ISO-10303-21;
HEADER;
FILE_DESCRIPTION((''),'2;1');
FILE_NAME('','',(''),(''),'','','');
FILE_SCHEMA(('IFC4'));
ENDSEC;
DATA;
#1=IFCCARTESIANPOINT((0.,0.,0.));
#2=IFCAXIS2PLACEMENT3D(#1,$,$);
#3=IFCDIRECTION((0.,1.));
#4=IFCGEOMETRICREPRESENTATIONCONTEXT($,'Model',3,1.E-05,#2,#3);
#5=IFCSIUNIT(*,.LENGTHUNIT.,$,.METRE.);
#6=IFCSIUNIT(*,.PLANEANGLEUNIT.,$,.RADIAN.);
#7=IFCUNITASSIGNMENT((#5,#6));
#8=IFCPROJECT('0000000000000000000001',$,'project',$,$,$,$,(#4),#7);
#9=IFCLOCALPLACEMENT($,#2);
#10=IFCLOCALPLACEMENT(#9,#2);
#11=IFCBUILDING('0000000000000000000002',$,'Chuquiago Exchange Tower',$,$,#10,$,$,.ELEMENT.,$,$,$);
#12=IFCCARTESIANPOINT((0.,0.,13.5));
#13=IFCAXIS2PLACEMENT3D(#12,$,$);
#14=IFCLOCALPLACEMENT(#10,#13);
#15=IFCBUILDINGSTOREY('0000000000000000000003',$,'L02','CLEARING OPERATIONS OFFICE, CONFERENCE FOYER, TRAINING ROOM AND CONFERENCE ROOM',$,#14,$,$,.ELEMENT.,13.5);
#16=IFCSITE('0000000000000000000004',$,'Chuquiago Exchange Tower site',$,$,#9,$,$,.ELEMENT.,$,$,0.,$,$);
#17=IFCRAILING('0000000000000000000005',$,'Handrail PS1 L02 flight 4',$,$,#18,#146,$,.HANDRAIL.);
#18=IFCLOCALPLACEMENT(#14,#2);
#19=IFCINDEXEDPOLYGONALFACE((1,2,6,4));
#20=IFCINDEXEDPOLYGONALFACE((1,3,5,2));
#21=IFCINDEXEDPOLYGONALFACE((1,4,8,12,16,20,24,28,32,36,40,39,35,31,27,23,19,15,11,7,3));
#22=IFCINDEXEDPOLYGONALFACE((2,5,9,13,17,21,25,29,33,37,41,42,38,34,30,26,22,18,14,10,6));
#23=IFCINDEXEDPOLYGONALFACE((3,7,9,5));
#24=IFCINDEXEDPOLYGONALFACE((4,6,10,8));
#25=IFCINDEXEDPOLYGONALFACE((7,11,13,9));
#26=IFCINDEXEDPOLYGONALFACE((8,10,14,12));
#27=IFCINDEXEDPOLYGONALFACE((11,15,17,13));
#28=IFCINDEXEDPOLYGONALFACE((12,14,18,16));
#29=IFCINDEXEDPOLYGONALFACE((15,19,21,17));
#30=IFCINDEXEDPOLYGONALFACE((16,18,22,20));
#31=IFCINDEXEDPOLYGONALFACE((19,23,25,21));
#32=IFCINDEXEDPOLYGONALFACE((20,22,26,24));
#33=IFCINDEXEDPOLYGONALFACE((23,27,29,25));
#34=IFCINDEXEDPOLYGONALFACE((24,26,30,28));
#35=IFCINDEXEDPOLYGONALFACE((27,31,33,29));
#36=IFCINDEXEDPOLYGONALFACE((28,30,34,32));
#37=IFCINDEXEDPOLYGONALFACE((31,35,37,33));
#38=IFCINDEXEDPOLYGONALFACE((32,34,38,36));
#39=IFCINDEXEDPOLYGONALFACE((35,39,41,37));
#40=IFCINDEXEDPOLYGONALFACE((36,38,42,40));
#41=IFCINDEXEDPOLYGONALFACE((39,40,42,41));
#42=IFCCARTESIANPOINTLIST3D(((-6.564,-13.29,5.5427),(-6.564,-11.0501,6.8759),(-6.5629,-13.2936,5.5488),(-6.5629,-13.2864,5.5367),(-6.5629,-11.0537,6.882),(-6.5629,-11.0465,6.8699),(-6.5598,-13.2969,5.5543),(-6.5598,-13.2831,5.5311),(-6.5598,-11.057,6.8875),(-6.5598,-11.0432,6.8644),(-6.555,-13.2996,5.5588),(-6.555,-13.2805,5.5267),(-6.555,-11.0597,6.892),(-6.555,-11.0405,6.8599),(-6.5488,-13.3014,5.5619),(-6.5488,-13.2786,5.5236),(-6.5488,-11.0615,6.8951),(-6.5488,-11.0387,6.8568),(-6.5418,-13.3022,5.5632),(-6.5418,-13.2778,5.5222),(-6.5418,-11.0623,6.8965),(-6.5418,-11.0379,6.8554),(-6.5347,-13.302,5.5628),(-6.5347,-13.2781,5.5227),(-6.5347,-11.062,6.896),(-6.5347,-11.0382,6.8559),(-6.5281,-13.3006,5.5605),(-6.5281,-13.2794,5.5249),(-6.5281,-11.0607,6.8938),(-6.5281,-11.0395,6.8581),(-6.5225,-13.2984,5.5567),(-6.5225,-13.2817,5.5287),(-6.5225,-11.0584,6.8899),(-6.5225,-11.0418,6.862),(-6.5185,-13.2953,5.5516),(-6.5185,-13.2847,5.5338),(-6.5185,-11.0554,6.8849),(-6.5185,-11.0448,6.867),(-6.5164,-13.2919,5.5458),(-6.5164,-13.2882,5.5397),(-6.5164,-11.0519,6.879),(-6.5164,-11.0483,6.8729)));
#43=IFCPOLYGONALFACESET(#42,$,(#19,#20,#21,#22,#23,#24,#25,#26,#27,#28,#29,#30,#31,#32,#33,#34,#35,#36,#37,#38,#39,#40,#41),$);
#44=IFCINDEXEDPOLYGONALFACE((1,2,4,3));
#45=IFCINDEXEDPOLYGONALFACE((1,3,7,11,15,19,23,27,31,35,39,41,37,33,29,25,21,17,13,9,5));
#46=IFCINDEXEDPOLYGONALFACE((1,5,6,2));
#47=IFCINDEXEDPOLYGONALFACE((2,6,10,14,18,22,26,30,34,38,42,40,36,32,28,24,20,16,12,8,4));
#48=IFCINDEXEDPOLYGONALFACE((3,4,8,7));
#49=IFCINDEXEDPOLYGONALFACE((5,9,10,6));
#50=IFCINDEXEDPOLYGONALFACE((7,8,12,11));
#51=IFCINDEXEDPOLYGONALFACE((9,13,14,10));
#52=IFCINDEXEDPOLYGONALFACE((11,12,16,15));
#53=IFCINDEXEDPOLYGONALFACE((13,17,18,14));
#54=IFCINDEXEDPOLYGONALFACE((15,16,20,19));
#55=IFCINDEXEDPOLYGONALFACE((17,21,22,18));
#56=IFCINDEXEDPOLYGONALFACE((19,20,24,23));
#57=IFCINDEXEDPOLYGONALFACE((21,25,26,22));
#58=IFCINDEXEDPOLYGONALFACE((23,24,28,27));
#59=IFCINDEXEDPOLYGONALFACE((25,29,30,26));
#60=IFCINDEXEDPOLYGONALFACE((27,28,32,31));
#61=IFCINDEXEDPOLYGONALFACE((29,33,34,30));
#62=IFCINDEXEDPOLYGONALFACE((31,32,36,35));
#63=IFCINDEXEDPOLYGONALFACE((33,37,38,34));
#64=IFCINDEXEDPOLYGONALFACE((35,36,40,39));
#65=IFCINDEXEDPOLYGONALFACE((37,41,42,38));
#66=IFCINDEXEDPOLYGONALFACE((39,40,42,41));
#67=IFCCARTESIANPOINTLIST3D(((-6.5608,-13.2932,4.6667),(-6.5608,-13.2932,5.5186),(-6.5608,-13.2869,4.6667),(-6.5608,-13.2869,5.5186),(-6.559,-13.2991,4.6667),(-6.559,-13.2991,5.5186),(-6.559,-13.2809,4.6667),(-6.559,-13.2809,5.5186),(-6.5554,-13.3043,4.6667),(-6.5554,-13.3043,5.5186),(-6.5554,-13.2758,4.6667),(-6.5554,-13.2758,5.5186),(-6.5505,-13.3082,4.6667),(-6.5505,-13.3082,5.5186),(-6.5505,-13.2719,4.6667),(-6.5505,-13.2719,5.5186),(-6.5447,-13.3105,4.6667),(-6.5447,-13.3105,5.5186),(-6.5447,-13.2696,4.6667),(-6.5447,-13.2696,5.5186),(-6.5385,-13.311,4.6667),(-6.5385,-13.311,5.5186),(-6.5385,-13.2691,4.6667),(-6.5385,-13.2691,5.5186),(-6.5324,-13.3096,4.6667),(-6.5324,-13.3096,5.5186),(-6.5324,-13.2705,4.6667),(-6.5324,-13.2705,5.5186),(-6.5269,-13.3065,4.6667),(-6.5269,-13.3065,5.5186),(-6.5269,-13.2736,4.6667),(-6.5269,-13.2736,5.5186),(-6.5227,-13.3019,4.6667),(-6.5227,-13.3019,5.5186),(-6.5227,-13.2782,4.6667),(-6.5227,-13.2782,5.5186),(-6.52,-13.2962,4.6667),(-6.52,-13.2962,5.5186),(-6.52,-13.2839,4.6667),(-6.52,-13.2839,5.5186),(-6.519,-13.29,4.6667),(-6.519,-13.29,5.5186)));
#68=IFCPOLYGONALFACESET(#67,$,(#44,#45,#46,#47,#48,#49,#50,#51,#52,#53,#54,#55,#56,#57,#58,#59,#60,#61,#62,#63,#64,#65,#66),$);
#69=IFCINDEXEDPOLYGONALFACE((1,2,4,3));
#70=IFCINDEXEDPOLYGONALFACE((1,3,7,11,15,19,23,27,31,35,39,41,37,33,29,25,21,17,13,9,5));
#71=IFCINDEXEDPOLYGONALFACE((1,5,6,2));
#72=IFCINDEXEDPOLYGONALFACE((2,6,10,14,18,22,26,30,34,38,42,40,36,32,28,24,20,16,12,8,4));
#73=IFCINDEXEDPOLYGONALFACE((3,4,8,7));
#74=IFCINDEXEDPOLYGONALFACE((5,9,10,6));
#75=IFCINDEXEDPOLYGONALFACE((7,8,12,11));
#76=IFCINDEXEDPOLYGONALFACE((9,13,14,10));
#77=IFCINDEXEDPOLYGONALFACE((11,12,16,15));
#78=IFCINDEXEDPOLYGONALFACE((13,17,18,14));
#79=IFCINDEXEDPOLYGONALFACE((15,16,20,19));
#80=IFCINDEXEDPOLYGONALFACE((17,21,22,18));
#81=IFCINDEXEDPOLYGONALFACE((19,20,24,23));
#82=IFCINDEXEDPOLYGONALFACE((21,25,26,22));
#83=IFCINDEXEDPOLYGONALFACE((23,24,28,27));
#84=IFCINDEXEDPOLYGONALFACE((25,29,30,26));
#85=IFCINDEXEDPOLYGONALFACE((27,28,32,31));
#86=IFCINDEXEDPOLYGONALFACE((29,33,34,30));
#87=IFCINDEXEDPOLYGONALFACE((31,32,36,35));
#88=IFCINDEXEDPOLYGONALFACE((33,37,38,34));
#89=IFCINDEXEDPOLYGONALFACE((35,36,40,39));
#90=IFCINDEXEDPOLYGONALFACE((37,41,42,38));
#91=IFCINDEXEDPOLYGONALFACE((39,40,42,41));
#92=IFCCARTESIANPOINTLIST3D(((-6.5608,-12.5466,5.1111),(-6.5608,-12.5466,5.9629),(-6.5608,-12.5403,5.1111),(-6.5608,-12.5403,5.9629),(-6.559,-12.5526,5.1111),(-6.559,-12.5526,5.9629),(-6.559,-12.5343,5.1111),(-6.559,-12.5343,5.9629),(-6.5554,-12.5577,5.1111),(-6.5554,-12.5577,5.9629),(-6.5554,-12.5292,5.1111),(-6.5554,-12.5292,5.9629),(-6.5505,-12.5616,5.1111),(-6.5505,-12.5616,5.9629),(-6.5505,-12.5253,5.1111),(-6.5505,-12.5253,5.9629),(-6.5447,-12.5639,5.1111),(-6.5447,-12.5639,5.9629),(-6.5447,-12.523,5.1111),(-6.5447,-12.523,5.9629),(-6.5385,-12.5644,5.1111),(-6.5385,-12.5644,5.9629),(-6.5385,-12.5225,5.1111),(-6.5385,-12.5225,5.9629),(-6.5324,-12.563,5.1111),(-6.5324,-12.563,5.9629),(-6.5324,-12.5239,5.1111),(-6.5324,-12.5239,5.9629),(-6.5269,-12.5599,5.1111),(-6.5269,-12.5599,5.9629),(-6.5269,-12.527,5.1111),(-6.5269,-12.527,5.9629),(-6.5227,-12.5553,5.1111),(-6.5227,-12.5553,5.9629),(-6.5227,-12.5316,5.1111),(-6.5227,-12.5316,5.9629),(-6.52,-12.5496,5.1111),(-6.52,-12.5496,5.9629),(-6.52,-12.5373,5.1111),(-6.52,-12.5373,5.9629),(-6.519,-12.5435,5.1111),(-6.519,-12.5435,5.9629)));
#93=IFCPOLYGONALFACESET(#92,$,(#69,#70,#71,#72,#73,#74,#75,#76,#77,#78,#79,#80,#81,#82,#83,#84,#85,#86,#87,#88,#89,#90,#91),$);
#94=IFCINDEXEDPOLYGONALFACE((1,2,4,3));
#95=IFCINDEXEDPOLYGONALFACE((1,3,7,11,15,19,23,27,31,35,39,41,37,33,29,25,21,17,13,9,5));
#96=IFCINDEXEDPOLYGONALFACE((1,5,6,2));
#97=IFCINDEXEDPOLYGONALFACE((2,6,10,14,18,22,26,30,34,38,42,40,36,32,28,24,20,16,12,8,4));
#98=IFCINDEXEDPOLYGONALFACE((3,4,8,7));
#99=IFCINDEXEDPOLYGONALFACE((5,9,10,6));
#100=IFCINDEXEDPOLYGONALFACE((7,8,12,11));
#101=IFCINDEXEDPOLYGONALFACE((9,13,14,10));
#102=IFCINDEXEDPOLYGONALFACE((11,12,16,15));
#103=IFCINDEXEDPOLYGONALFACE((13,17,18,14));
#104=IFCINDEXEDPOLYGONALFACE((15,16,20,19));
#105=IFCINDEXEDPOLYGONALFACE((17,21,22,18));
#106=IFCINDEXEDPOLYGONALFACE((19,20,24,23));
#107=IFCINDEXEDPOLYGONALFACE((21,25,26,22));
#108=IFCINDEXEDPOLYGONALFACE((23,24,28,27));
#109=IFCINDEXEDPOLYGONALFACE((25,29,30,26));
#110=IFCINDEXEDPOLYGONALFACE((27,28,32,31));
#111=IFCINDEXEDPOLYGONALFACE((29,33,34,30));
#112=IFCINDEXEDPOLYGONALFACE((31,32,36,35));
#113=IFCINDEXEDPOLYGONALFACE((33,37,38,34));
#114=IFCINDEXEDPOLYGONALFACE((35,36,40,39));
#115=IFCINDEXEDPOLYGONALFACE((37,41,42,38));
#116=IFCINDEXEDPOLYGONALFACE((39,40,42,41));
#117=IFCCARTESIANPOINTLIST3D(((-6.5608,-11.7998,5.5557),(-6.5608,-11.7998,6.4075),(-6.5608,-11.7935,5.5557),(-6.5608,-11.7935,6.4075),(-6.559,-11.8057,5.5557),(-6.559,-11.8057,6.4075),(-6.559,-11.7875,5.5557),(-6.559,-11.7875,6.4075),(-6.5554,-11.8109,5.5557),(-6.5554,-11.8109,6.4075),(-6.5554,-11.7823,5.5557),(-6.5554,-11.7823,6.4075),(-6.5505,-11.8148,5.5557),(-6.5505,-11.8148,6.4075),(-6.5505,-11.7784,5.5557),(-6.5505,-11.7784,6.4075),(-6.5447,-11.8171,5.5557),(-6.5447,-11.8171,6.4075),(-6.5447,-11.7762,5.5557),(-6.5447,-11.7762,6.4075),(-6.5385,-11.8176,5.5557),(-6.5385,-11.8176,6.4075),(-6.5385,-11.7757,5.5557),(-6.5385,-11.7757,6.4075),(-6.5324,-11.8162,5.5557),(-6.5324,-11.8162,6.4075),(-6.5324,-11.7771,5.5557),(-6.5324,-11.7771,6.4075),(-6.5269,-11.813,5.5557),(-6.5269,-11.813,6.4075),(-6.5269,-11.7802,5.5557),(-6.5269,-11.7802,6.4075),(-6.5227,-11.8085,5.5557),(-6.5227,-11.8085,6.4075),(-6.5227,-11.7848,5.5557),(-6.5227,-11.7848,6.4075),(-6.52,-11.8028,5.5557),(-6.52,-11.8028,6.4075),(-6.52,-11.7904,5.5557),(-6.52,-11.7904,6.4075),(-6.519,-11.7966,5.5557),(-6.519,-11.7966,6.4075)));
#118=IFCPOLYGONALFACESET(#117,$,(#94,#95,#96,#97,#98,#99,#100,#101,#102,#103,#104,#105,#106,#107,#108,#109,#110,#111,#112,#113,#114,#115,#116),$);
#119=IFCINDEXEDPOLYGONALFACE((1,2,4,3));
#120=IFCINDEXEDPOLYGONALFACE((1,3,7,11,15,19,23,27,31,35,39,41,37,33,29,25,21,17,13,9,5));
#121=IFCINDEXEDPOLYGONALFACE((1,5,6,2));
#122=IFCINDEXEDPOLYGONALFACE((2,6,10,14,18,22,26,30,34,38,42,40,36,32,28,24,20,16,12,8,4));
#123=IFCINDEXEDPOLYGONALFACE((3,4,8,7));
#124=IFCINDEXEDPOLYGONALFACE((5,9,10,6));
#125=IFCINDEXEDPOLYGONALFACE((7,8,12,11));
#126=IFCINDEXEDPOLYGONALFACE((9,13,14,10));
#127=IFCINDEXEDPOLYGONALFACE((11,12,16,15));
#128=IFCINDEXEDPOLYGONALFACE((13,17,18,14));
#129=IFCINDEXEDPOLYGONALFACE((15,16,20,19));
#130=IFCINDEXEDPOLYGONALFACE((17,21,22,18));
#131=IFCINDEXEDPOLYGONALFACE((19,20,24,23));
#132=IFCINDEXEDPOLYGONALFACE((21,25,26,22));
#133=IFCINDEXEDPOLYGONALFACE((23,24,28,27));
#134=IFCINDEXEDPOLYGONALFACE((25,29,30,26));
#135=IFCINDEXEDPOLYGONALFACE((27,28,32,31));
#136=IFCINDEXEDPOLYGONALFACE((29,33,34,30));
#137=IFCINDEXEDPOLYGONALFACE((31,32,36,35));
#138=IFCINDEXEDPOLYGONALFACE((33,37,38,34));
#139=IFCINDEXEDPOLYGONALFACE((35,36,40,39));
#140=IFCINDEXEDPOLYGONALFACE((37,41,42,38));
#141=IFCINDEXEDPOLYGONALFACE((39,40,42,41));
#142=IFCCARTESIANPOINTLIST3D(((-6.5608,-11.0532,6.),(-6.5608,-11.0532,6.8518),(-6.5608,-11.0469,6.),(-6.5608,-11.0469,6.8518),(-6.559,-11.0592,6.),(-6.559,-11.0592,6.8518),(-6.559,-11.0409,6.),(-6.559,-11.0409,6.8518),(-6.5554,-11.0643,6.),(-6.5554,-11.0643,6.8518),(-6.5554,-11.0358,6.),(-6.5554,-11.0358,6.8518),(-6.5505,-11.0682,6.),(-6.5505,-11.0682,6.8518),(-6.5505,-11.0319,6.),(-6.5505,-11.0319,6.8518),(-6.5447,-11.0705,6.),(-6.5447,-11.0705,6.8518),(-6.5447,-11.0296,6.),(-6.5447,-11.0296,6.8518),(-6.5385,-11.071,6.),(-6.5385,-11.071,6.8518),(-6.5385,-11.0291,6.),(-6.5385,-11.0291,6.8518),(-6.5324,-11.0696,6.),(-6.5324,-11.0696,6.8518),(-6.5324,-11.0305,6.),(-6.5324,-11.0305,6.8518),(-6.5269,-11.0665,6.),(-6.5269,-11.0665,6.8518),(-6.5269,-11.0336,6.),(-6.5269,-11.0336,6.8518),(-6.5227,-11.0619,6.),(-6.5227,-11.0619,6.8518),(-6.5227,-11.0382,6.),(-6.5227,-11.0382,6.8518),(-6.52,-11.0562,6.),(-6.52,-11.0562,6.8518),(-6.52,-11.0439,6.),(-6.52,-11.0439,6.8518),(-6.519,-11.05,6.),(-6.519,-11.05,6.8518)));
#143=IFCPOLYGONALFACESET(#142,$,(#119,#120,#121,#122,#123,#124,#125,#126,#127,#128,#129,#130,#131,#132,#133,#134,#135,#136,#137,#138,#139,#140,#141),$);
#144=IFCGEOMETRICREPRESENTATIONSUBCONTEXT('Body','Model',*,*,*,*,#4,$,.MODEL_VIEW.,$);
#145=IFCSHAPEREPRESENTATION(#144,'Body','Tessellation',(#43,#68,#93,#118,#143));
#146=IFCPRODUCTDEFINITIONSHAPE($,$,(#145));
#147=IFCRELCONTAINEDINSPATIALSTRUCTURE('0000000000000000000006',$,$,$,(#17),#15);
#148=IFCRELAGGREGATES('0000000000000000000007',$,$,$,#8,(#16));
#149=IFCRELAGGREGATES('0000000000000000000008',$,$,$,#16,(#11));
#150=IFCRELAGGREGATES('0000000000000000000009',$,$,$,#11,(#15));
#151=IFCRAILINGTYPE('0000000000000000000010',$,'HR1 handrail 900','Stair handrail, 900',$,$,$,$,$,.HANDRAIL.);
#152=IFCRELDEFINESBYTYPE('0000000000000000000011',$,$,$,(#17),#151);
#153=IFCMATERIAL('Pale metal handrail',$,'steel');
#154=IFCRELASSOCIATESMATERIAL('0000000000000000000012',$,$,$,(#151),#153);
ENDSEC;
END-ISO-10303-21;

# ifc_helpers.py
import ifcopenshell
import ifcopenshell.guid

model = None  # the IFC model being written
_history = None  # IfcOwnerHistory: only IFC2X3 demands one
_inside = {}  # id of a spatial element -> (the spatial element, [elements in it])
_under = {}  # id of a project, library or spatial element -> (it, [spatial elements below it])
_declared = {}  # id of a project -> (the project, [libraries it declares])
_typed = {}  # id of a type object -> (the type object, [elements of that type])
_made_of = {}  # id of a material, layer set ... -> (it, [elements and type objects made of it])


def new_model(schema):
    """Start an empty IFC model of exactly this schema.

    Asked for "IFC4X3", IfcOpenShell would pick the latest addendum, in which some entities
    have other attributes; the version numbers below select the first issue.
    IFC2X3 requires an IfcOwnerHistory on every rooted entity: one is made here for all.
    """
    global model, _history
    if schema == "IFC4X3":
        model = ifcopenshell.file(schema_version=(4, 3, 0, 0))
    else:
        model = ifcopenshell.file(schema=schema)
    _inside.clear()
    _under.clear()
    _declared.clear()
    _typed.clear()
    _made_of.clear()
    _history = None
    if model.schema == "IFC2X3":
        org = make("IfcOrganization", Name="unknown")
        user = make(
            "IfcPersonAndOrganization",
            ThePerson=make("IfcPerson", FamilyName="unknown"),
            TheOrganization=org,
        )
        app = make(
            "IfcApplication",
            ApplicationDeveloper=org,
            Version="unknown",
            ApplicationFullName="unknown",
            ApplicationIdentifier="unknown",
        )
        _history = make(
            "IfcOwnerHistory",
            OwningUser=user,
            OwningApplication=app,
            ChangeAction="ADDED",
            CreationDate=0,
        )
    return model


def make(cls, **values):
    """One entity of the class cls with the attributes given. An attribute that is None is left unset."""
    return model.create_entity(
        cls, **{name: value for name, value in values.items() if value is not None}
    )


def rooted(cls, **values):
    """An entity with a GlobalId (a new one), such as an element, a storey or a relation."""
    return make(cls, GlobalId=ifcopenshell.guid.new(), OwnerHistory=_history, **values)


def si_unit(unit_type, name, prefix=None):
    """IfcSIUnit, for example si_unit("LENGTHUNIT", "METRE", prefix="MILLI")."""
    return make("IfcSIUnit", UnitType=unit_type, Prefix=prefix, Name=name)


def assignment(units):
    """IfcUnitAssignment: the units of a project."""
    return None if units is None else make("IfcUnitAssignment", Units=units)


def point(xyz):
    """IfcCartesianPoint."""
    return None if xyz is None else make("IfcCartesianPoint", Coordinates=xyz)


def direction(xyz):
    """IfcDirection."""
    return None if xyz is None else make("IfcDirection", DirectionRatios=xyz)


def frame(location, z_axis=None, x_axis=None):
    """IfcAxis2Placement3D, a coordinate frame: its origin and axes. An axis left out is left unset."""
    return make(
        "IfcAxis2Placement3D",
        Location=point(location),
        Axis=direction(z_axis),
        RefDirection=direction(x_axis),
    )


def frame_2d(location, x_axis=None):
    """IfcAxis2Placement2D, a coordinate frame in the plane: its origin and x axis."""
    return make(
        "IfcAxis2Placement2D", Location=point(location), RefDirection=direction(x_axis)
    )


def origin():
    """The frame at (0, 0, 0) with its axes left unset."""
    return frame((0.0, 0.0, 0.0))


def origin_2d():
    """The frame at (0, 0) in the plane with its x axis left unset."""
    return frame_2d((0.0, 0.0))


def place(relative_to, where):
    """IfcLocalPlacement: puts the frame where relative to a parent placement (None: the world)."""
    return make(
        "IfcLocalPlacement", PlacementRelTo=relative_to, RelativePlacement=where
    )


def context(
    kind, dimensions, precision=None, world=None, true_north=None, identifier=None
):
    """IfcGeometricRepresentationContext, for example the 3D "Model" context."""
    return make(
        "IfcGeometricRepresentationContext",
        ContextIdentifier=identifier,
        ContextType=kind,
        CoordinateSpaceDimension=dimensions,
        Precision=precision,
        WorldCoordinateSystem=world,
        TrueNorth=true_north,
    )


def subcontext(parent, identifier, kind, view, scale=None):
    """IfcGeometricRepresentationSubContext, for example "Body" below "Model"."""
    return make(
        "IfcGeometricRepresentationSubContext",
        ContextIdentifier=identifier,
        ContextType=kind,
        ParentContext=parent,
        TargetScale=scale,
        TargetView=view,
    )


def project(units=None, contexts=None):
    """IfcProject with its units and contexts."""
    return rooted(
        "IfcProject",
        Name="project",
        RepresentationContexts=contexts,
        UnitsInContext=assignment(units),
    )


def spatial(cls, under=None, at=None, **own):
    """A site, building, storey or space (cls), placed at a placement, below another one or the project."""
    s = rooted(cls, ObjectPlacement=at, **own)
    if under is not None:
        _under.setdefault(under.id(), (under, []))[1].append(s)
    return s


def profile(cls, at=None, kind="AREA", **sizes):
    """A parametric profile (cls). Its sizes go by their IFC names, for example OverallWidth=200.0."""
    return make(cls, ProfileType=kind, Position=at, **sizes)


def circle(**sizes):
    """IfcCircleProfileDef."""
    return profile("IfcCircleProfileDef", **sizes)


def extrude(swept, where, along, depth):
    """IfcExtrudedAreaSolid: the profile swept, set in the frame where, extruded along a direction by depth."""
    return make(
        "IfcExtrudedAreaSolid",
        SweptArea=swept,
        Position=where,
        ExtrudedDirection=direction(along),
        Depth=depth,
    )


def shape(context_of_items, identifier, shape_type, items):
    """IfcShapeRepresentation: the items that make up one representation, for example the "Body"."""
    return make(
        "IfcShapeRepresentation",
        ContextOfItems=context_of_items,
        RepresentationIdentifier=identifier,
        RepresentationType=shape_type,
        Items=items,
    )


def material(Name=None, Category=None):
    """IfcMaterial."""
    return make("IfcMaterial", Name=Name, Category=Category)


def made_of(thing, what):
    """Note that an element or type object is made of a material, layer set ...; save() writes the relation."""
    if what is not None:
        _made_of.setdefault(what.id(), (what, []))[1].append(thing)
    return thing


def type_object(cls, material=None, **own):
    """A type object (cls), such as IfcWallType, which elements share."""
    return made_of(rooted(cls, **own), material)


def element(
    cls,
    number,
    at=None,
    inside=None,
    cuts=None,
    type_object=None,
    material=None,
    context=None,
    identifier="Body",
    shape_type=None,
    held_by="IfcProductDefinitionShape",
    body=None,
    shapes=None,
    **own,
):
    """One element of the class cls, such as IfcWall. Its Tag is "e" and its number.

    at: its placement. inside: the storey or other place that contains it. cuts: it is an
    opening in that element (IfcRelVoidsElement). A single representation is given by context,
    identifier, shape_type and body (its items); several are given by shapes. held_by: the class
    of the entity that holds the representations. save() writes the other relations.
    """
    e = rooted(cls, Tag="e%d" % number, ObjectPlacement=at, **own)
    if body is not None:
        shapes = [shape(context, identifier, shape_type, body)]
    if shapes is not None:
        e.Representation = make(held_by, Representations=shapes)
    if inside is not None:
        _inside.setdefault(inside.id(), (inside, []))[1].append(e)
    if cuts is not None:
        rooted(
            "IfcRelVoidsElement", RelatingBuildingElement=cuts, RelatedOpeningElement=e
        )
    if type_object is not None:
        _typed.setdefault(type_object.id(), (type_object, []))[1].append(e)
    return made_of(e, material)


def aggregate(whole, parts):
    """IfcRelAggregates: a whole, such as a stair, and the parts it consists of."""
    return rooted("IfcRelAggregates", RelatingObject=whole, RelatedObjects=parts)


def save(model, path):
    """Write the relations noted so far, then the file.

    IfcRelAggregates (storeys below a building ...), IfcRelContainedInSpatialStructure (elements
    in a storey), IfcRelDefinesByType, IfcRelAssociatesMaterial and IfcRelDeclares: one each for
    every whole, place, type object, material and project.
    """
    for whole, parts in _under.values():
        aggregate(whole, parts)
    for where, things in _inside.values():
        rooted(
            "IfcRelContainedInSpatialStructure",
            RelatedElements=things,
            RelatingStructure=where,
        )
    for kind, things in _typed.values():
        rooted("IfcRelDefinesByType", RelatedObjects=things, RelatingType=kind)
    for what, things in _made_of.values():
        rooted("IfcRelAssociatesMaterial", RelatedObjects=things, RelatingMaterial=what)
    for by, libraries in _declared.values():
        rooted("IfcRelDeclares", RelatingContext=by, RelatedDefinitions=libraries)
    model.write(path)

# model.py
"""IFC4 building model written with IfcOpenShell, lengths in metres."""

from ifc_helpers import new_model, si_unit, direction, frame, origin, origin_2d, place, context, subcontext, project, spatial, circle, extrude, material, type_object, element, save


model = new_model("IFC4")

# Units and contexts
model_context = context("Model", 3, precision=1e-05, world=origin(), true_north=direction((0.0, 1.0)))
body_context = subcontext(model_context, "Body", "Model", "MODEL_VIEW")
ifc_project = project(units=[si_unit("LENGTHUNIT", "METRE"), si_unit("PLANEANGLEUNIT", "RADIAN")], contexts=[model_context])

# Site, building, storey
site_placement = place(None, origin())
site = spatial("IfcSite", under=ifc_project, at=site_placement, Name="Chuquiago Exchange Tower site", CompositionType="ELEMENT", RefElevation=0.0)
building_placement = place(site_placement, origin())
building = spatial("IfcBuilding", under=site, at=building_placement, Name="Chuquiago Exchange Tower", CompositionType="ELEMENT")
storey_placement = place(building_placement, frame((0.0, 0.0, 13.5)))
storey = spatial("IfcBuildingStorey", under=building, at=storey_placement, Name="L02", Description="CLEARING OPERATIONS OFFICE, CONFERENCE FOYER, TRAINING ROOM AND CONFERENCE ROOM", CompositionType="ELEMENT", Elevation=13.5)

# Railing
ifc_material_1 = material(Name="Pale metal handrail", Category="steel")
railing_type = type_object("IfcRailingType", Name="HR1 handrail 900", Description="Stair handrail, 900", PredefinedType="HANDRAIL", material=ifc_material_1)
railing_1_placement = place(storey_placement, frame((-6.54, -13.29, 4.6667)))
element("IfcRailing", 1, at=railing_1_placement, inside=storey, type_object=railing_type, Name="Handrail PS1 L02 flight 4", PredefinedType="HANDRAIL", context=body_context, shape_type="SweptSolid", body=[
    extrude(circle(Radius=0.0239, at=origin_2d()), frame((0.0, 0.0, 0.876), z_axis=(0.0, 0.859306, 0.511462), x_axis=(-1.0, 0.0, 0.0)), (0.0, 0.0, 1.0), 2.6067),
    extrude(circle(Radius=0.021, at=origin_2d()), origin(), (0.0, 0.0, 1.0), 0.8518),
    extrude(circle(Radius=0.021, at=origin_2d()), frame((0.0, 0.7466, 0.4443)), (0.0, 0.0, 1.0), 0.8518),
    extrude(circle(Radius=0.021, at=origin_2d()), frame((0.0, 1.4934, 0.8889)), (0.0, 0.0, 1.0), 0.8518),
    extrude(circle(Radius=0.021, at=origin_2d()), frame((0.0, 2.24, 1.3333)), (0.0, 0.0, 1.0), 0.8518),
])

save(model, "model.ifc")
